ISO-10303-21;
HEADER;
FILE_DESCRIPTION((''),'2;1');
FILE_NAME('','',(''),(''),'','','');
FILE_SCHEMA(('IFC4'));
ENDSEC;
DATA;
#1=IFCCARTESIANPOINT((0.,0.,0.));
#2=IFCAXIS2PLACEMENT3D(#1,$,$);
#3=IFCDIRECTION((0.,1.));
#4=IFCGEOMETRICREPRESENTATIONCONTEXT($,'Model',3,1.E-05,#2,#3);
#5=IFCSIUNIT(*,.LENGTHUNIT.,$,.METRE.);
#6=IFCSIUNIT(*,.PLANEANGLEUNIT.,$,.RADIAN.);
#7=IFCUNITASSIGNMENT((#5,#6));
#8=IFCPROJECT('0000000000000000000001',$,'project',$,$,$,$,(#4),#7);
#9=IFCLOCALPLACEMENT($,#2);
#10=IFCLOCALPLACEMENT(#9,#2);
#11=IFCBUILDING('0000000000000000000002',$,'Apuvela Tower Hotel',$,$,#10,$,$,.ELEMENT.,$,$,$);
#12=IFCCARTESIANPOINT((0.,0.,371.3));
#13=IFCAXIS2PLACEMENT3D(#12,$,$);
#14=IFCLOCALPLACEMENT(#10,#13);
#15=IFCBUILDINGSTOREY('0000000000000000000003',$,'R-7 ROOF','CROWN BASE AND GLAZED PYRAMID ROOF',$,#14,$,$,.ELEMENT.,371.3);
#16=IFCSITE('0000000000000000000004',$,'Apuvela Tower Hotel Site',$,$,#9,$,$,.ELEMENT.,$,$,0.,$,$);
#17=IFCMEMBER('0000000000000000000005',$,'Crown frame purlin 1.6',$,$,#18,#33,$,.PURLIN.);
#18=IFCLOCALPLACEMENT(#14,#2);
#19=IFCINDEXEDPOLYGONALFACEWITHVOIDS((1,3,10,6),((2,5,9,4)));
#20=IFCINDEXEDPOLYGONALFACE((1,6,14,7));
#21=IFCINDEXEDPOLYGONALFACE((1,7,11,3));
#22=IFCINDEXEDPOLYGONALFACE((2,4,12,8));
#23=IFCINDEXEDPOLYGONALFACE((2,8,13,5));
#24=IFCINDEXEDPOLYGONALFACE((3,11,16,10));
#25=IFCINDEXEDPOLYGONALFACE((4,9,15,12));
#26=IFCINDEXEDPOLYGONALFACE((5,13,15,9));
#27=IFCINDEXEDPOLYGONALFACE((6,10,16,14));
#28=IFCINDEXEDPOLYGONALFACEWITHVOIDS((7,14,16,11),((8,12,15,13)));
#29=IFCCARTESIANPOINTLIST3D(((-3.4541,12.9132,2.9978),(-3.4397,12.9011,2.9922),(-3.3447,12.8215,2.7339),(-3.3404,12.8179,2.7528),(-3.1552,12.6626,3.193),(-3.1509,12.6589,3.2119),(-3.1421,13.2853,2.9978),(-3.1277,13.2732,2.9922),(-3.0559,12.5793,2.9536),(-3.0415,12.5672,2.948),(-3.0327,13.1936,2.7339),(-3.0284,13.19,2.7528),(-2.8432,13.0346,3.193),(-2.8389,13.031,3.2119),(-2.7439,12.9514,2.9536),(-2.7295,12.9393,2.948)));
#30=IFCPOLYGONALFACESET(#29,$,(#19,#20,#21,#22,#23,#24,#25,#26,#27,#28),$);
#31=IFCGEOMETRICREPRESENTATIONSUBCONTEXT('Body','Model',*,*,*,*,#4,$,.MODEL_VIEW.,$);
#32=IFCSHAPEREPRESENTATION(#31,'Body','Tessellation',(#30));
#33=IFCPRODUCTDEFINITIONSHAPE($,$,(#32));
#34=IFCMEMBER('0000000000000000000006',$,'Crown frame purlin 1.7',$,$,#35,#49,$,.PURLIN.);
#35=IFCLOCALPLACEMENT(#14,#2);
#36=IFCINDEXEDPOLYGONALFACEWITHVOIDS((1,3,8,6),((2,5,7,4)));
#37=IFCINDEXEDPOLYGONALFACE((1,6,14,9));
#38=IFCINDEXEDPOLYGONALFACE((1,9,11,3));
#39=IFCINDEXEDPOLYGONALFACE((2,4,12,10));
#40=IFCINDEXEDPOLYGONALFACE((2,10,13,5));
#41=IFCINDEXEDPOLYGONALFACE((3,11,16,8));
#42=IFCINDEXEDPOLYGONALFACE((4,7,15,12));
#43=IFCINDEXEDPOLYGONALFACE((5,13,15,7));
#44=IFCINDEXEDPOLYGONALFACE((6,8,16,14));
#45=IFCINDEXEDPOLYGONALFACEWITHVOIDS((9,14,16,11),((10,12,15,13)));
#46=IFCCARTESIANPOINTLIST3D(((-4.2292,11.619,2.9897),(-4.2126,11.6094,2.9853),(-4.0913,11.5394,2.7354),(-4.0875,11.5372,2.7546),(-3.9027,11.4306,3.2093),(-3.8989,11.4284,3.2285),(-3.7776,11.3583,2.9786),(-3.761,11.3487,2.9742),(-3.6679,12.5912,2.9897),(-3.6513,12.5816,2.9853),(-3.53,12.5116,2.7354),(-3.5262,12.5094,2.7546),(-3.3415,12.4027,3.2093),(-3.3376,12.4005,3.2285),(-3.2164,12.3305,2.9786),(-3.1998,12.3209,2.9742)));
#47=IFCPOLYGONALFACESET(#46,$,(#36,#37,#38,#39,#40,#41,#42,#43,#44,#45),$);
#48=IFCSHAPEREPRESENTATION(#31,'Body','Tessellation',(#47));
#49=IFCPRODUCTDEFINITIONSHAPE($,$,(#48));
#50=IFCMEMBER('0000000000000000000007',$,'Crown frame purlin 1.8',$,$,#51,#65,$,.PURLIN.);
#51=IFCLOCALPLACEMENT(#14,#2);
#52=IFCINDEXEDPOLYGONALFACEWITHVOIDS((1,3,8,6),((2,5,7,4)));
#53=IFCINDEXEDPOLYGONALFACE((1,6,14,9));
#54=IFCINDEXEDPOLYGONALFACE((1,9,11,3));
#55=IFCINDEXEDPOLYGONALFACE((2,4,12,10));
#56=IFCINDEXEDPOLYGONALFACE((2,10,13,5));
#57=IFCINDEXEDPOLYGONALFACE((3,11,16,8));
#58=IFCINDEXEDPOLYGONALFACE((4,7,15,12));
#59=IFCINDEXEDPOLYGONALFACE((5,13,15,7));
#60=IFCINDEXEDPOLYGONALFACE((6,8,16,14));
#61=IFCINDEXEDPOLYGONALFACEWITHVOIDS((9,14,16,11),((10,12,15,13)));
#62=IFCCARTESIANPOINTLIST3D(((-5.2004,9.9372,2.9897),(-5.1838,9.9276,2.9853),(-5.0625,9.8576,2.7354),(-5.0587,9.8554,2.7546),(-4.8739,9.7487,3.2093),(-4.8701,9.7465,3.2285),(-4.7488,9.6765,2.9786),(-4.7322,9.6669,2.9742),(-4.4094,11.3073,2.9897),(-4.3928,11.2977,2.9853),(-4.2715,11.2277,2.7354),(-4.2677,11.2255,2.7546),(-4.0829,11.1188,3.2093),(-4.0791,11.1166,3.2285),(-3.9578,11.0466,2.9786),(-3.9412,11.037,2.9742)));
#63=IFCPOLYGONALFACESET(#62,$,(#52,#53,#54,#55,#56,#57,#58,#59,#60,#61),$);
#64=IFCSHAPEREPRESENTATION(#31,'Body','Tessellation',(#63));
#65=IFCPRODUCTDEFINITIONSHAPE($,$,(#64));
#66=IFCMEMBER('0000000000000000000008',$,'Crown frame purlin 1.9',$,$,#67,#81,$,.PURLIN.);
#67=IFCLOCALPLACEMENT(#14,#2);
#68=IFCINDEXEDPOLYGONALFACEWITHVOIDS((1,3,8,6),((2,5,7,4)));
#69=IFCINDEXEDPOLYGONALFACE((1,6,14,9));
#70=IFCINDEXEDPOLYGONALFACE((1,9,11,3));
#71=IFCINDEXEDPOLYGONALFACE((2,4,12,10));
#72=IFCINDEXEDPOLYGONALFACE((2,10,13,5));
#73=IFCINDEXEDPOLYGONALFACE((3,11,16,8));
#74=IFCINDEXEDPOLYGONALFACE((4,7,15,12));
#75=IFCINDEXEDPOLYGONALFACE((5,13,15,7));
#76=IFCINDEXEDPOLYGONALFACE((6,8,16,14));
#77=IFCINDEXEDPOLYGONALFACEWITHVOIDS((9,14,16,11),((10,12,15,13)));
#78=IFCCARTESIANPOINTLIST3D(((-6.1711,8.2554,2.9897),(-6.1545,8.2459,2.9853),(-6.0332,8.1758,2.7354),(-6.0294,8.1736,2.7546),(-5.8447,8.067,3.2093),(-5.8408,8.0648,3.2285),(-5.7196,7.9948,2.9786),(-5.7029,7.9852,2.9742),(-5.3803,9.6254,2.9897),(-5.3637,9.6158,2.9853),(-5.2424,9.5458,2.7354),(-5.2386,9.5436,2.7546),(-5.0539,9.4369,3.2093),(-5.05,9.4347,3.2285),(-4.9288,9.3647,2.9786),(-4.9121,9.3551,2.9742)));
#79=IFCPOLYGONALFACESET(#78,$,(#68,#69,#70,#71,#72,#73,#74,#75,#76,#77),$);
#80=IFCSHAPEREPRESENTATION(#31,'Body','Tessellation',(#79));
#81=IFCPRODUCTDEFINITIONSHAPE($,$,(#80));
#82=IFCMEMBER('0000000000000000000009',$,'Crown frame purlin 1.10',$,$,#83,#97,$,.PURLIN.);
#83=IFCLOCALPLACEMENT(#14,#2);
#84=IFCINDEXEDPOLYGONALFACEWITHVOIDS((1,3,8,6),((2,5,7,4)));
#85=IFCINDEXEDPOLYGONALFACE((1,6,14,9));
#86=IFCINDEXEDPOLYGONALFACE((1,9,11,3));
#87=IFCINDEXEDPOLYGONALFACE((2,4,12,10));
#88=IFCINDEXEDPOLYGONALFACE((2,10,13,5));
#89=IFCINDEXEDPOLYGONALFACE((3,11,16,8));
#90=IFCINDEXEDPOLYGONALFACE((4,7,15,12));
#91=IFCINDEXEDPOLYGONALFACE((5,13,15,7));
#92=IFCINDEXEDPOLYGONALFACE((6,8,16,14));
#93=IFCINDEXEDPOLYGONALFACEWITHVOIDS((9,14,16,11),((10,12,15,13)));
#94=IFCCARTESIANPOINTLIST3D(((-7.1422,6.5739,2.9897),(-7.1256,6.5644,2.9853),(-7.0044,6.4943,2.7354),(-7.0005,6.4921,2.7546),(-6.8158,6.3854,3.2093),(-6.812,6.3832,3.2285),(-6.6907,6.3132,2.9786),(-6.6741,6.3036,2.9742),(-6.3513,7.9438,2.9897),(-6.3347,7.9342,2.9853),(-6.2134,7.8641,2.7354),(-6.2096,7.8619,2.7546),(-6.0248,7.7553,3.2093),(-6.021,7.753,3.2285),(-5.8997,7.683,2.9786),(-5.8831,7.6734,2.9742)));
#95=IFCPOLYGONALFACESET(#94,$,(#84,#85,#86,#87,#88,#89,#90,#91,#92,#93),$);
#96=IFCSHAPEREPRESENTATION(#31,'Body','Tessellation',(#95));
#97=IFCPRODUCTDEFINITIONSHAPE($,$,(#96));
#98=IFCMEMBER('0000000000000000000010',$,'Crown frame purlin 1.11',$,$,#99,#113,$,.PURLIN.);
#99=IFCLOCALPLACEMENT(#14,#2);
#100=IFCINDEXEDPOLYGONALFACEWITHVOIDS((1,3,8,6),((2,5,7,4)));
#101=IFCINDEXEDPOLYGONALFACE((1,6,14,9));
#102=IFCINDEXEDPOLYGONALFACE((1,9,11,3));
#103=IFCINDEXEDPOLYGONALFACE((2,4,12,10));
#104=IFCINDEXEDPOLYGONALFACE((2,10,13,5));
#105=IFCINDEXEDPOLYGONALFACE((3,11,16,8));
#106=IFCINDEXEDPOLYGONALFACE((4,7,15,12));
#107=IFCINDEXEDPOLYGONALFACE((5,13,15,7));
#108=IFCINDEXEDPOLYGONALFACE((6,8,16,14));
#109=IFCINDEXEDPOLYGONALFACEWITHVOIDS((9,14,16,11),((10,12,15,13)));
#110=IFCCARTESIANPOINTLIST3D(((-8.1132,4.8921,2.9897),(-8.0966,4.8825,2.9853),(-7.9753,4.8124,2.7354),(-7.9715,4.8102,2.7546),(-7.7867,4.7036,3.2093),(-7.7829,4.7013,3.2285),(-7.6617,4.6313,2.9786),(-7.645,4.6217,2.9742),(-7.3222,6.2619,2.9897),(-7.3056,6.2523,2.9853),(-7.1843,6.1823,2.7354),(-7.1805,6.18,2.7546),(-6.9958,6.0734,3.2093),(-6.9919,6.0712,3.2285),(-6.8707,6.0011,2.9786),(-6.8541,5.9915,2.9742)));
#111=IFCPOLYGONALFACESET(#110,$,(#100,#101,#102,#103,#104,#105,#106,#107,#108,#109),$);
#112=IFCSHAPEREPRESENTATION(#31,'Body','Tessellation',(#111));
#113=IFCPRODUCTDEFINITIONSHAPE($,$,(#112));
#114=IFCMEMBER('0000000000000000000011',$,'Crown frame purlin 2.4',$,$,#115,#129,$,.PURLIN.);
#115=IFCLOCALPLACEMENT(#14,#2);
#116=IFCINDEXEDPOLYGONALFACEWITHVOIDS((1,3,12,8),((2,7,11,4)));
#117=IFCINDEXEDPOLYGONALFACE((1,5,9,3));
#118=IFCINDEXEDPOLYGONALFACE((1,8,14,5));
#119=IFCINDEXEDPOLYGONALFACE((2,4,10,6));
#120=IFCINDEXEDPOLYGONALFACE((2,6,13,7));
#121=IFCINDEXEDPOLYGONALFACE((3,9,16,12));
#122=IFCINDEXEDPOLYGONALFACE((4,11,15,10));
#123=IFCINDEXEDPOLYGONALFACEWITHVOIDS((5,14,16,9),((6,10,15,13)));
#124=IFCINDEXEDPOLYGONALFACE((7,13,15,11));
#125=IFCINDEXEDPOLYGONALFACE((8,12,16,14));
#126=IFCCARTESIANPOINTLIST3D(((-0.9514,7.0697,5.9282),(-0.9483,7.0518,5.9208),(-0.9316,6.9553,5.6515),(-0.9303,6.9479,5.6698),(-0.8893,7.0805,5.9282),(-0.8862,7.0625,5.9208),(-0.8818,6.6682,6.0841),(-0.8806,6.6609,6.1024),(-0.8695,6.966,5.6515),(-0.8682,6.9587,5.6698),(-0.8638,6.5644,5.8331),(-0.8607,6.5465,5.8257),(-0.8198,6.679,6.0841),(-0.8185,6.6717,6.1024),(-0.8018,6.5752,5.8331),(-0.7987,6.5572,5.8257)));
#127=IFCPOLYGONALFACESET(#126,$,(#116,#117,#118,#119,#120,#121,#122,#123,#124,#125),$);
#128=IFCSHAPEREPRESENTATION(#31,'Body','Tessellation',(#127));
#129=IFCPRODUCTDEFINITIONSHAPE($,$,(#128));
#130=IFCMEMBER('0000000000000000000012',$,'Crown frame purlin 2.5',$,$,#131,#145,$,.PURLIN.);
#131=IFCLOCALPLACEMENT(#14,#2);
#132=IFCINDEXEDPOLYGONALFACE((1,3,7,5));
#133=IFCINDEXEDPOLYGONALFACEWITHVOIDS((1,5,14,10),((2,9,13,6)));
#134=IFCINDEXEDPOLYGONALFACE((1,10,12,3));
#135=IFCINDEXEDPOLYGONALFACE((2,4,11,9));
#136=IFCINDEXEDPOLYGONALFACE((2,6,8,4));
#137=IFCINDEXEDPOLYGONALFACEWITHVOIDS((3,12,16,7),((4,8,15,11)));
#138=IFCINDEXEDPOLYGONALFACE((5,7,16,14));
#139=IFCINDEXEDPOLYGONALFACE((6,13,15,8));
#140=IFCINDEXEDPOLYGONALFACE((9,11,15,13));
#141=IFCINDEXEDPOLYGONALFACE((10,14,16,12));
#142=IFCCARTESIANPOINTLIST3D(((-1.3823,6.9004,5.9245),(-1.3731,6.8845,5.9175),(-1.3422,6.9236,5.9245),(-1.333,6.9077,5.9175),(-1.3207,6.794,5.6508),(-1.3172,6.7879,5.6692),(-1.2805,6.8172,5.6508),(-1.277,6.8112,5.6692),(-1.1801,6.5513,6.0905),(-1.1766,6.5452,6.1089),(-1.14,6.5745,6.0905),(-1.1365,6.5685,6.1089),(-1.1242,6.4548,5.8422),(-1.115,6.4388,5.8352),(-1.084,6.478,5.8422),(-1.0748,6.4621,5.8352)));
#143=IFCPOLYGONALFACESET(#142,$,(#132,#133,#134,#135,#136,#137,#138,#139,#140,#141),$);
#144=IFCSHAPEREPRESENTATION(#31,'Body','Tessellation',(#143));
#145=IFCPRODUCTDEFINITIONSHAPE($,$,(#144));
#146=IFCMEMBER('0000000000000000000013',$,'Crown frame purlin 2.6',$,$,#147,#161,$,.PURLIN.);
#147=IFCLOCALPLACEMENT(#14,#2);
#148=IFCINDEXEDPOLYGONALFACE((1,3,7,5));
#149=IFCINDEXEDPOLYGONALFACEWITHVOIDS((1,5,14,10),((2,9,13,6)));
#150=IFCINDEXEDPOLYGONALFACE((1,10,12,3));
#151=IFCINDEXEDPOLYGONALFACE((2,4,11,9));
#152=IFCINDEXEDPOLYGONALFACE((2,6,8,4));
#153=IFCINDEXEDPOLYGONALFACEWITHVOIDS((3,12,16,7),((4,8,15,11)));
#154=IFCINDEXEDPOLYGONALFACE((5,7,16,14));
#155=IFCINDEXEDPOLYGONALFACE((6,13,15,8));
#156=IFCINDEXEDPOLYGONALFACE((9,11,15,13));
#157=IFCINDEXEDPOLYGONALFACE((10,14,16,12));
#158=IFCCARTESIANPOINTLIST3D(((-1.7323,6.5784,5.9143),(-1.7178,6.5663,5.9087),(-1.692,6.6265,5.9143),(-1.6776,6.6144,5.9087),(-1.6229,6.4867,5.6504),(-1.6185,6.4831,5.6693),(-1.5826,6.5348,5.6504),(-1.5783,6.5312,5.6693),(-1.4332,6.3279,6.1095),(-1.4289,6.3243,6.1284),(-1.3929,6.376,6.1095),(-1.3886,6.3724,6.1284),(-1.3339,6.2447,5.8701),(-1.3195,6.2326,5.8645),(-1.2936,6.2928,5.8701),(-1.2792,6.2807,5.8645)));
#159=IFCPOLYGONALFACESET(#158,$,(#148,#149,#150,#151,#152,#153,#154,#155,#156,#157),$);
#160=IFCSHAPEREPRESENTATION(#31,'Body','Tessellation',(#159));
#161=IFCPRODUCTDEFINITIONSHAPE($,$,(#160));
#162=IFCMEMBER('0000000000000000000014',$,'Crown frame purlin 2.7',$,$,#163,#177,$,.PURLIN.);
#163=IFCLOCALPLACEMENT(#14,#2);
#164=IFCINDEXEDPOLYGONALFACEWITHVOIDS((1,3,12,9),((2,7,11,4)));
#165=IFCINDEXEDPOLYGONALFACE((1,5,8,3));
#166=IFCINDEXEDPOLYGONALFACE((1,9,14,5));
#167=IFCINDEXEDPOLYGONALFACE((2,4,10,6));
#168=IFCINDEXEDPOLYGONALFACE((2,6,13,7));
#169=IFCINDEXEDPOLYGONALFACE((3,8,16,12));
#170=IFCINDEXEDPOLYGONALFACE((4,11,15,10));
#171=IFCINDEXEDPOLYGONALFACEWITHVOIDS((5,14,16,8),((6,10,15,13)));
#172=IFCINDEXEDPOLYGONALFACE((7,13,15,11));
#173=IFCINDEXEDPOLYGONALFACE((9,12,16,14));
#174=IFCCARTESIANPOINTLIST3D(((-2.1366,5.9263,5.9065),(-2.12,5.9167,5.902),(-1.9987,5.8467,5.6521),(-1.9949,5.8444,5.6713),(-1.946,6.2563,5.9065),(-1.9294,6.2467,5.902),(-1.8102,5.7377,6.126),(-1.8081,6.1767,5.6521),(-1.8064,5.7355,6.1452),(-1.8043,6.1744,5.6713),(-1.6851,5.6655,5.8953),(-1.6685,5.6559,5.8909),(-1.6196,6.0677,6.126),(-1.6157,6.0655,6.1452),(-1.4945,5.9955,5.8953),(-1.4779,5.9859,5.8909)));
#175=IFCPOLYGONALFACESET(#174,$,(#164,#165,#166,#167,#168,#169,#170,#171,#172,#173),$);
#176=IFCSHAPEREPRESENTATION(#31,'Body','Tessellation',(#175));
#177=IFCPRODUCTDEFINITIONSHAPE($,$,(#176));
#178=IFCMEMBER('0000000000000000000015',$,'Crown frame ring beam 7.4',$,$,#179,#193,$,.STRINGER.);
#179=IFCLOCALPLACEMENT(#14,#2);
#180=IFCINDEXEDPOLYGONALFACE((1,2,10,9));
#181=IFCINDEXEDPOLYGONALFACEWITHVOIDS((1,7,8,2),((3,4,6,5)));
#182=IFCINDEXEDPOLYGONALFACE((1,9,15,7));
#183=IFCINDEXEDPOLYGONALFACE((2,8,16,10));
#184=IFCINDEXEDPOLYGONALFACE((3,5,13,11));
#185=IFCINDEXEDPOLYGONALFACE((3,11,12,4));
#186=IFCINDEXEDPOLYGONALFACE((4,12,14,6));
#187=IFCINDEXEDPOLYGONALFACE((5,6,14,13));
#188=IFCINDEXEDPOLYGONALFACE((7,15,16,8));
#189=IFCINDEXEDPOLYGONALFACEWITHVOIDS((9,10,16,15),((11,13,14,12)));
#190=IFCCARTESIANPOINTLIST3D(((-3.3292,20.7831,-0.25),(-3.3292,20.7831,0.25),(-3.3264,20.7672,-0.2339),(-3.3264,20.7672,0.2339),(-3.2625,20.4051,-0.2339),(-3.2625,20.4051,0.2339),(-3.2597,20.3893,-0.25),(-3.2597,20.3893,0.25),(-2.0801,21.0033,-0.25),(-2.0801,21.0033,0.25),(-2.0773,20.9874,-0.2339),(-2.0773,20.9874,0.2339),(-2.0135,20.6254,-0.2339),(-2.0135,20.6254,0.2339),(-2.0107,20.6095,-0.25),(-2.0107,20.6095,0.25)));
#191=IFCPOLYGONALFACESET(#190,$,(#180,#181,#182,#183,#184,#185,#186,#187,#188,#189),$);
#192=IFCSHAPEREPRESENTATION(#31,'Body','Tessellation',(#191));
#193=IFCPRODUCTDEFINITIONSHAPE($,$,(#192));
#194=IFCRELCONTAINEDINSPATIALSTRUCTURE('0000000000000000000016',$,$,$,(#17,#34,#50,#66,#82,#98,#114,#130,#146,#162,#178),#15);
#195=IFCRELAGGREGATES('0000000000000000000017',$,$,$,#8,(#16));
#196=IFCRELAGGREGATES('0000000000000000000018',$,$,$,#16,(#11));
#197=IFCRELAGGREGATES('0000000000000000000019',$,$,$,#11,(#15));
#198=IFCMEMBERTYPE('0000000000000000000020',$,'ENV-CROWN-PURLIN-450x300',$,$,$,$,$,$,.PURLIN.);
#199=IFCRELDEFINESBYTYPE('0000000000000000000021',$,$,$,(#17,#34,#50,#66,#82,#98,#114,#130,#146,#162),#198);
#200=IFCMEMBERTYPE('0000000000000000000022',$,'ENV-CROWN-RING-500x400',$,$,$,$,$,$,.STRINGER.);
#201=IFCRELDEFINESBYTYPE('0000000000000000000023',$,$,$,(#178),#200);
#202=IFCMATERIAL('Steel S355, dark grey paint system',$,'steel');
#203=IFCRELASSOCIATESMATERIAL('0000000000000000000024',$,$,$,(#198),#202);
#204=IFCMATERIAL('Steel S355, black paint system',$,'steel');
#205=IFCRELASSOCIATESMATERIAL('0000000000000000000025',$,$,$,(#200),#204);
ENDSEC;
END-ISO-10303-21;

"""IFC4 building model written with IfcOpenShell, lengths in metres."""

from ifc_helpers import new_model, si_unit, direction, frame, origin, origin_2d, place, context, subcontext, project, spatial, hollow_rectangle, extrude, material, material_profile, profile_set, type_object, element, save


model = new_model("IFC4")

# Units and contexts
model_context = context("Model", 3, precision=1e-05, world=origin(), true_north=direction((0.0, 1.0)))
body_context = subcontext(model_context, "Body", "Model", "MODEL_VIEW")
ifc_project = project(units=[si_unit("LENGTHUNIT", "METRE"), si_unit("PLANEANGLEUNIT", "RADIAN")], contexts=[model_context])

# Site, building, storey
site_placement = place(None, origin())
site = spatial("IfcSite", under=ifc_project, at=site_placement, Name="Apuvela Tower Hotel Site", CompositionType="ELEMENT", RefElevation=0.0)
building_placement = place(site_placement, origin())
building = spatial("IfcBuilding", under=site, at=building_placement, Name="Apuvela Tower Hotel", CompositionType="ELEMENT")
storey_placement = place(building_placement, frame((0.0, 0.0, 371.3)))
storey = spatial("IfcBuildingStorey", under=building, at=storey_placement, Name="R-7 ROOF", Description="CROWN BASE AND GLAZED PYRAMID ROOF", CompositionType="ELEMENT", Elevation=371.3)

# Members
ifc_material_1 = material(Name="Steel S355, dark grey paint system", Category="steel")
ifc_material_profile_1 = material_profile(ifc_material_1, hollow_rectangle(XDim=0.45, YDim=0.3, WallThickness=0.0139, at=origin_2d()), Name="HSS 450x300x14")
ifc_profile_set_1 = profile_set([ifc_material_profile_1], Name="Steel S355, dark grey paint system")
member_type_1 = type_object("IfcMemberType", Name="ENV-CROWN-PURLIN-450x300", PredefinedType="PURLIN", material=ifc_profile_set_1)
member_1_placement = place(storey_placement, frame((-2.9358, 13.1123, 2.9729), z_axis=(-0.642555, -0.766239, 0.0), x_axis=(0.673932, -0.565148, 0.475839)))
element("IfcMember", 1, at=member_1_placement, inside=storey, type_object=member_type_1, Name="Crown frame purlin 1.6", PredefinedType="PURLIN", context=body_context, shape_type="SweptSolid", body=[
    extrude(hollow_rectangle(XDim=0.45, YDim=0.3, WallThickness=0.0139, at=origin_2d()), origin(), (0.0, 0.0, 1.0), 0.4856),
])
member_2_placement = place(storey_placement, frame((-3.4338, 12.4561, 2.9819), z_axis=(-0.499999, -0.866026, 0.0), x_axis=(0.734038, -0.423795, 0.530647)))
element("IfcMember", 2, at=member_2_placement, inside=storey, type_object=member_type_1, Name="Crown frame purlin 1.7", PredefinedType="PURLIN", context=body_context, shape_type="SweptSolid", body=[
    extrude(hollow_rectangle(XDim=0.45, YDim=0.3, WallThickness=0.0139, at=origin_2d()), origin(), (0.0, 0.0, 1.0), 1.1226),
])
member_3_placement = place(storey_placement, frame((-4.1753, 11.1721, 2.9819), z_axis=(-0.49999, -0.866031, 0.0), x_axis=(0.734042, -0.423788, 0.530647)))
element("IfcMember", 3, at=member_3_placement, inside=storey, type_object=member_type_1, Name="Crown frame purlin 1.8", PredefinedType="PURLIN", context=body_context, shape_type="SweptSolid", body=[
    extrude(hollow_rectangle(XDim=0.45, YDim=0.3, WallThickness=0.0139, at=origin_2d()), origin(), (0.0, 0.0, 1.0), 1.582),
])
for number, where, z_axis, x_axis, name in (
    (4, (-5.1462, 9.4902, 2.9819), (-0.499941, -0.86606, 0.0), (0.734066, -0.423746, 0.530647), "Crown frame purlin 1.9"),
    (5, (-6.1172, 7.8086, 2.9819), (-0.500056, -0.865993, 0.0), (0.734009, -0.423844, 0.530647), "Crown frame purlin 1.10"),
    (6, (-7.0881, 6.1267, 2.9819), (-0.500056, -0.865993, 0.0), (0.734009, -0.423844, 0.530647), "Crown frame purlin 1.11"),
):
    element("IfcMember", number, at=place(storey_placement, frame(where, z_axis=z_axis, x_axis=x_axis)), inside=storey, type_object=member_type_1, Name=name, PredefinedType="PURLIN", context=body_context, shape_type="SweptSolid", body=[
        extrude(hollow_rectangle(XDim=0.45, YDim=0.3, WallThickness=0.0139, at=origin_2d()), origin(), (0.0, 0.0, 1.0), 1.5818),
    ])
member_4_placement = place(storey_placement, frame((-0.844, 6.8188, 5.877), z_axis=(-0.985325, -0.170686, 0.0), x_axis=(0.157383, -0.908532, 0.387041)))
element("IfcMember", 7, at=member_4_placement, inside=storey, type_object=member_type_1, Name="Crown frame purlin 2.4", PredefinedType="PURLIN", context=body_context, shape_type="SweptSolid", body=[
    extrude(hollow_rectangle(XDim=0.45, YDim=0.3, WallThickness=0.0139, at=origin_2d()), origin(), (0.0, 0.0, 1.0), 0.063),
])
member_5_placement = place(storey_placement, frame((-1.2085, 6.6929, 5.8799), z_axis=(-0.865306, -0.501244, 0.0), x_axis=(0.457218, -0.789302, 0.409823)))
element("IfcMember", 8, at=member_5_placement, inside=storey, type_object=member_type_1, Name="Crown frame purlin 2.5", PredefinedType="PURLIN", context=body_context, shape_type="SweptSolid", body=[
    extrude(hollow_rectangle(XDim=0.45, YDim=0.3, WallThickness=0.0139, at=origin_2d()), origin(), (0.0, 0.0, 1.0), 0.0464),
])
member_6_placement = place(storey_placement, frame((-1.4856, 6.4536, 5.8894), z_axis=(-0.642096, -0.766624, 0.0), x_axis=(0.674271, -0.564744, 0.475839)))
element("IfcMember", 9, at=member_6_placement, inside=storey, type_object=member_type_1, Name="Crown frame purlin 2.6", PredefinedType="PURLIN", context=body_context, shape_type="SweptSolid", body=[
    extrude(hollow_rectangle(XDim=0.45, YDim=0.3, WallThickness=0.0139, at=origin_2d()), origin(), (0.0, 0.0, 1.0), 0.0627),
])
member_7_placement = place(storey_placement, frame((-1.7119, 6.1211, 5.8987), z_axis=(-0.500203, -0.865908, 0.0), x_axis=(0.733938, -0.423968, 0.530647)))
element("IfcMember", 10, at=member_7_placement, inside=storey, type_object=member_type_1, Name="Crown frame purlin 2.7", PredefinedType="PURLIN", context=body_context, shape_type="SweptSolid", body=[
    extrude(hollow_rectangle(XDim=0.45, YDim=0.3, WallThickness=0.0139, at=origin_2d()), origin(), (0.0, 0.0, 1.0), 0.3811),
])
ifc_material_2 = material(Name="Steel S355, black paint system", Category="steel")
ifc_material_profile_2 = material_profile(ifc_material_2, hollow_rectangle(XDim=0.3999, YDim=0.5, WallThickness=0.0161, at=origin_2d()), Name="HSS 500x400x16")
ifc_profile_set_2 = profile_set([ifc_material_profile_2], Name="Steel S355, black paint system")
member_type_2 = type_object("IfcMemberType", Name="ENV-CROWN-RING-500x400", PredefinedType="STRINGER", material=ifc_profile_set_2)
member_8_placement = place(storey_placement, frame((-2.0454, 20.8064, 0.0), z_axis=(-0.984811, -0.173632, 0.0), x_axis=(0.173632, -0.984811, 0.0)))
element("IfcMember", 11, at=member_8_placement, inside=storey, type_object=member_type_2, Name="Crown frame ring beam 7.4", PredefinedType="STRINGER", context=body_context, shape_type="SweptSolid", body=[
    extrude(hollow_rectangle(XDim=0.3999, YDim=0.5, WallThickness=0.0161, at=origin_2d()), origin(), (0.0, 0.0, 1.0), 1.2683),
])

save(model, "model.ifc")
